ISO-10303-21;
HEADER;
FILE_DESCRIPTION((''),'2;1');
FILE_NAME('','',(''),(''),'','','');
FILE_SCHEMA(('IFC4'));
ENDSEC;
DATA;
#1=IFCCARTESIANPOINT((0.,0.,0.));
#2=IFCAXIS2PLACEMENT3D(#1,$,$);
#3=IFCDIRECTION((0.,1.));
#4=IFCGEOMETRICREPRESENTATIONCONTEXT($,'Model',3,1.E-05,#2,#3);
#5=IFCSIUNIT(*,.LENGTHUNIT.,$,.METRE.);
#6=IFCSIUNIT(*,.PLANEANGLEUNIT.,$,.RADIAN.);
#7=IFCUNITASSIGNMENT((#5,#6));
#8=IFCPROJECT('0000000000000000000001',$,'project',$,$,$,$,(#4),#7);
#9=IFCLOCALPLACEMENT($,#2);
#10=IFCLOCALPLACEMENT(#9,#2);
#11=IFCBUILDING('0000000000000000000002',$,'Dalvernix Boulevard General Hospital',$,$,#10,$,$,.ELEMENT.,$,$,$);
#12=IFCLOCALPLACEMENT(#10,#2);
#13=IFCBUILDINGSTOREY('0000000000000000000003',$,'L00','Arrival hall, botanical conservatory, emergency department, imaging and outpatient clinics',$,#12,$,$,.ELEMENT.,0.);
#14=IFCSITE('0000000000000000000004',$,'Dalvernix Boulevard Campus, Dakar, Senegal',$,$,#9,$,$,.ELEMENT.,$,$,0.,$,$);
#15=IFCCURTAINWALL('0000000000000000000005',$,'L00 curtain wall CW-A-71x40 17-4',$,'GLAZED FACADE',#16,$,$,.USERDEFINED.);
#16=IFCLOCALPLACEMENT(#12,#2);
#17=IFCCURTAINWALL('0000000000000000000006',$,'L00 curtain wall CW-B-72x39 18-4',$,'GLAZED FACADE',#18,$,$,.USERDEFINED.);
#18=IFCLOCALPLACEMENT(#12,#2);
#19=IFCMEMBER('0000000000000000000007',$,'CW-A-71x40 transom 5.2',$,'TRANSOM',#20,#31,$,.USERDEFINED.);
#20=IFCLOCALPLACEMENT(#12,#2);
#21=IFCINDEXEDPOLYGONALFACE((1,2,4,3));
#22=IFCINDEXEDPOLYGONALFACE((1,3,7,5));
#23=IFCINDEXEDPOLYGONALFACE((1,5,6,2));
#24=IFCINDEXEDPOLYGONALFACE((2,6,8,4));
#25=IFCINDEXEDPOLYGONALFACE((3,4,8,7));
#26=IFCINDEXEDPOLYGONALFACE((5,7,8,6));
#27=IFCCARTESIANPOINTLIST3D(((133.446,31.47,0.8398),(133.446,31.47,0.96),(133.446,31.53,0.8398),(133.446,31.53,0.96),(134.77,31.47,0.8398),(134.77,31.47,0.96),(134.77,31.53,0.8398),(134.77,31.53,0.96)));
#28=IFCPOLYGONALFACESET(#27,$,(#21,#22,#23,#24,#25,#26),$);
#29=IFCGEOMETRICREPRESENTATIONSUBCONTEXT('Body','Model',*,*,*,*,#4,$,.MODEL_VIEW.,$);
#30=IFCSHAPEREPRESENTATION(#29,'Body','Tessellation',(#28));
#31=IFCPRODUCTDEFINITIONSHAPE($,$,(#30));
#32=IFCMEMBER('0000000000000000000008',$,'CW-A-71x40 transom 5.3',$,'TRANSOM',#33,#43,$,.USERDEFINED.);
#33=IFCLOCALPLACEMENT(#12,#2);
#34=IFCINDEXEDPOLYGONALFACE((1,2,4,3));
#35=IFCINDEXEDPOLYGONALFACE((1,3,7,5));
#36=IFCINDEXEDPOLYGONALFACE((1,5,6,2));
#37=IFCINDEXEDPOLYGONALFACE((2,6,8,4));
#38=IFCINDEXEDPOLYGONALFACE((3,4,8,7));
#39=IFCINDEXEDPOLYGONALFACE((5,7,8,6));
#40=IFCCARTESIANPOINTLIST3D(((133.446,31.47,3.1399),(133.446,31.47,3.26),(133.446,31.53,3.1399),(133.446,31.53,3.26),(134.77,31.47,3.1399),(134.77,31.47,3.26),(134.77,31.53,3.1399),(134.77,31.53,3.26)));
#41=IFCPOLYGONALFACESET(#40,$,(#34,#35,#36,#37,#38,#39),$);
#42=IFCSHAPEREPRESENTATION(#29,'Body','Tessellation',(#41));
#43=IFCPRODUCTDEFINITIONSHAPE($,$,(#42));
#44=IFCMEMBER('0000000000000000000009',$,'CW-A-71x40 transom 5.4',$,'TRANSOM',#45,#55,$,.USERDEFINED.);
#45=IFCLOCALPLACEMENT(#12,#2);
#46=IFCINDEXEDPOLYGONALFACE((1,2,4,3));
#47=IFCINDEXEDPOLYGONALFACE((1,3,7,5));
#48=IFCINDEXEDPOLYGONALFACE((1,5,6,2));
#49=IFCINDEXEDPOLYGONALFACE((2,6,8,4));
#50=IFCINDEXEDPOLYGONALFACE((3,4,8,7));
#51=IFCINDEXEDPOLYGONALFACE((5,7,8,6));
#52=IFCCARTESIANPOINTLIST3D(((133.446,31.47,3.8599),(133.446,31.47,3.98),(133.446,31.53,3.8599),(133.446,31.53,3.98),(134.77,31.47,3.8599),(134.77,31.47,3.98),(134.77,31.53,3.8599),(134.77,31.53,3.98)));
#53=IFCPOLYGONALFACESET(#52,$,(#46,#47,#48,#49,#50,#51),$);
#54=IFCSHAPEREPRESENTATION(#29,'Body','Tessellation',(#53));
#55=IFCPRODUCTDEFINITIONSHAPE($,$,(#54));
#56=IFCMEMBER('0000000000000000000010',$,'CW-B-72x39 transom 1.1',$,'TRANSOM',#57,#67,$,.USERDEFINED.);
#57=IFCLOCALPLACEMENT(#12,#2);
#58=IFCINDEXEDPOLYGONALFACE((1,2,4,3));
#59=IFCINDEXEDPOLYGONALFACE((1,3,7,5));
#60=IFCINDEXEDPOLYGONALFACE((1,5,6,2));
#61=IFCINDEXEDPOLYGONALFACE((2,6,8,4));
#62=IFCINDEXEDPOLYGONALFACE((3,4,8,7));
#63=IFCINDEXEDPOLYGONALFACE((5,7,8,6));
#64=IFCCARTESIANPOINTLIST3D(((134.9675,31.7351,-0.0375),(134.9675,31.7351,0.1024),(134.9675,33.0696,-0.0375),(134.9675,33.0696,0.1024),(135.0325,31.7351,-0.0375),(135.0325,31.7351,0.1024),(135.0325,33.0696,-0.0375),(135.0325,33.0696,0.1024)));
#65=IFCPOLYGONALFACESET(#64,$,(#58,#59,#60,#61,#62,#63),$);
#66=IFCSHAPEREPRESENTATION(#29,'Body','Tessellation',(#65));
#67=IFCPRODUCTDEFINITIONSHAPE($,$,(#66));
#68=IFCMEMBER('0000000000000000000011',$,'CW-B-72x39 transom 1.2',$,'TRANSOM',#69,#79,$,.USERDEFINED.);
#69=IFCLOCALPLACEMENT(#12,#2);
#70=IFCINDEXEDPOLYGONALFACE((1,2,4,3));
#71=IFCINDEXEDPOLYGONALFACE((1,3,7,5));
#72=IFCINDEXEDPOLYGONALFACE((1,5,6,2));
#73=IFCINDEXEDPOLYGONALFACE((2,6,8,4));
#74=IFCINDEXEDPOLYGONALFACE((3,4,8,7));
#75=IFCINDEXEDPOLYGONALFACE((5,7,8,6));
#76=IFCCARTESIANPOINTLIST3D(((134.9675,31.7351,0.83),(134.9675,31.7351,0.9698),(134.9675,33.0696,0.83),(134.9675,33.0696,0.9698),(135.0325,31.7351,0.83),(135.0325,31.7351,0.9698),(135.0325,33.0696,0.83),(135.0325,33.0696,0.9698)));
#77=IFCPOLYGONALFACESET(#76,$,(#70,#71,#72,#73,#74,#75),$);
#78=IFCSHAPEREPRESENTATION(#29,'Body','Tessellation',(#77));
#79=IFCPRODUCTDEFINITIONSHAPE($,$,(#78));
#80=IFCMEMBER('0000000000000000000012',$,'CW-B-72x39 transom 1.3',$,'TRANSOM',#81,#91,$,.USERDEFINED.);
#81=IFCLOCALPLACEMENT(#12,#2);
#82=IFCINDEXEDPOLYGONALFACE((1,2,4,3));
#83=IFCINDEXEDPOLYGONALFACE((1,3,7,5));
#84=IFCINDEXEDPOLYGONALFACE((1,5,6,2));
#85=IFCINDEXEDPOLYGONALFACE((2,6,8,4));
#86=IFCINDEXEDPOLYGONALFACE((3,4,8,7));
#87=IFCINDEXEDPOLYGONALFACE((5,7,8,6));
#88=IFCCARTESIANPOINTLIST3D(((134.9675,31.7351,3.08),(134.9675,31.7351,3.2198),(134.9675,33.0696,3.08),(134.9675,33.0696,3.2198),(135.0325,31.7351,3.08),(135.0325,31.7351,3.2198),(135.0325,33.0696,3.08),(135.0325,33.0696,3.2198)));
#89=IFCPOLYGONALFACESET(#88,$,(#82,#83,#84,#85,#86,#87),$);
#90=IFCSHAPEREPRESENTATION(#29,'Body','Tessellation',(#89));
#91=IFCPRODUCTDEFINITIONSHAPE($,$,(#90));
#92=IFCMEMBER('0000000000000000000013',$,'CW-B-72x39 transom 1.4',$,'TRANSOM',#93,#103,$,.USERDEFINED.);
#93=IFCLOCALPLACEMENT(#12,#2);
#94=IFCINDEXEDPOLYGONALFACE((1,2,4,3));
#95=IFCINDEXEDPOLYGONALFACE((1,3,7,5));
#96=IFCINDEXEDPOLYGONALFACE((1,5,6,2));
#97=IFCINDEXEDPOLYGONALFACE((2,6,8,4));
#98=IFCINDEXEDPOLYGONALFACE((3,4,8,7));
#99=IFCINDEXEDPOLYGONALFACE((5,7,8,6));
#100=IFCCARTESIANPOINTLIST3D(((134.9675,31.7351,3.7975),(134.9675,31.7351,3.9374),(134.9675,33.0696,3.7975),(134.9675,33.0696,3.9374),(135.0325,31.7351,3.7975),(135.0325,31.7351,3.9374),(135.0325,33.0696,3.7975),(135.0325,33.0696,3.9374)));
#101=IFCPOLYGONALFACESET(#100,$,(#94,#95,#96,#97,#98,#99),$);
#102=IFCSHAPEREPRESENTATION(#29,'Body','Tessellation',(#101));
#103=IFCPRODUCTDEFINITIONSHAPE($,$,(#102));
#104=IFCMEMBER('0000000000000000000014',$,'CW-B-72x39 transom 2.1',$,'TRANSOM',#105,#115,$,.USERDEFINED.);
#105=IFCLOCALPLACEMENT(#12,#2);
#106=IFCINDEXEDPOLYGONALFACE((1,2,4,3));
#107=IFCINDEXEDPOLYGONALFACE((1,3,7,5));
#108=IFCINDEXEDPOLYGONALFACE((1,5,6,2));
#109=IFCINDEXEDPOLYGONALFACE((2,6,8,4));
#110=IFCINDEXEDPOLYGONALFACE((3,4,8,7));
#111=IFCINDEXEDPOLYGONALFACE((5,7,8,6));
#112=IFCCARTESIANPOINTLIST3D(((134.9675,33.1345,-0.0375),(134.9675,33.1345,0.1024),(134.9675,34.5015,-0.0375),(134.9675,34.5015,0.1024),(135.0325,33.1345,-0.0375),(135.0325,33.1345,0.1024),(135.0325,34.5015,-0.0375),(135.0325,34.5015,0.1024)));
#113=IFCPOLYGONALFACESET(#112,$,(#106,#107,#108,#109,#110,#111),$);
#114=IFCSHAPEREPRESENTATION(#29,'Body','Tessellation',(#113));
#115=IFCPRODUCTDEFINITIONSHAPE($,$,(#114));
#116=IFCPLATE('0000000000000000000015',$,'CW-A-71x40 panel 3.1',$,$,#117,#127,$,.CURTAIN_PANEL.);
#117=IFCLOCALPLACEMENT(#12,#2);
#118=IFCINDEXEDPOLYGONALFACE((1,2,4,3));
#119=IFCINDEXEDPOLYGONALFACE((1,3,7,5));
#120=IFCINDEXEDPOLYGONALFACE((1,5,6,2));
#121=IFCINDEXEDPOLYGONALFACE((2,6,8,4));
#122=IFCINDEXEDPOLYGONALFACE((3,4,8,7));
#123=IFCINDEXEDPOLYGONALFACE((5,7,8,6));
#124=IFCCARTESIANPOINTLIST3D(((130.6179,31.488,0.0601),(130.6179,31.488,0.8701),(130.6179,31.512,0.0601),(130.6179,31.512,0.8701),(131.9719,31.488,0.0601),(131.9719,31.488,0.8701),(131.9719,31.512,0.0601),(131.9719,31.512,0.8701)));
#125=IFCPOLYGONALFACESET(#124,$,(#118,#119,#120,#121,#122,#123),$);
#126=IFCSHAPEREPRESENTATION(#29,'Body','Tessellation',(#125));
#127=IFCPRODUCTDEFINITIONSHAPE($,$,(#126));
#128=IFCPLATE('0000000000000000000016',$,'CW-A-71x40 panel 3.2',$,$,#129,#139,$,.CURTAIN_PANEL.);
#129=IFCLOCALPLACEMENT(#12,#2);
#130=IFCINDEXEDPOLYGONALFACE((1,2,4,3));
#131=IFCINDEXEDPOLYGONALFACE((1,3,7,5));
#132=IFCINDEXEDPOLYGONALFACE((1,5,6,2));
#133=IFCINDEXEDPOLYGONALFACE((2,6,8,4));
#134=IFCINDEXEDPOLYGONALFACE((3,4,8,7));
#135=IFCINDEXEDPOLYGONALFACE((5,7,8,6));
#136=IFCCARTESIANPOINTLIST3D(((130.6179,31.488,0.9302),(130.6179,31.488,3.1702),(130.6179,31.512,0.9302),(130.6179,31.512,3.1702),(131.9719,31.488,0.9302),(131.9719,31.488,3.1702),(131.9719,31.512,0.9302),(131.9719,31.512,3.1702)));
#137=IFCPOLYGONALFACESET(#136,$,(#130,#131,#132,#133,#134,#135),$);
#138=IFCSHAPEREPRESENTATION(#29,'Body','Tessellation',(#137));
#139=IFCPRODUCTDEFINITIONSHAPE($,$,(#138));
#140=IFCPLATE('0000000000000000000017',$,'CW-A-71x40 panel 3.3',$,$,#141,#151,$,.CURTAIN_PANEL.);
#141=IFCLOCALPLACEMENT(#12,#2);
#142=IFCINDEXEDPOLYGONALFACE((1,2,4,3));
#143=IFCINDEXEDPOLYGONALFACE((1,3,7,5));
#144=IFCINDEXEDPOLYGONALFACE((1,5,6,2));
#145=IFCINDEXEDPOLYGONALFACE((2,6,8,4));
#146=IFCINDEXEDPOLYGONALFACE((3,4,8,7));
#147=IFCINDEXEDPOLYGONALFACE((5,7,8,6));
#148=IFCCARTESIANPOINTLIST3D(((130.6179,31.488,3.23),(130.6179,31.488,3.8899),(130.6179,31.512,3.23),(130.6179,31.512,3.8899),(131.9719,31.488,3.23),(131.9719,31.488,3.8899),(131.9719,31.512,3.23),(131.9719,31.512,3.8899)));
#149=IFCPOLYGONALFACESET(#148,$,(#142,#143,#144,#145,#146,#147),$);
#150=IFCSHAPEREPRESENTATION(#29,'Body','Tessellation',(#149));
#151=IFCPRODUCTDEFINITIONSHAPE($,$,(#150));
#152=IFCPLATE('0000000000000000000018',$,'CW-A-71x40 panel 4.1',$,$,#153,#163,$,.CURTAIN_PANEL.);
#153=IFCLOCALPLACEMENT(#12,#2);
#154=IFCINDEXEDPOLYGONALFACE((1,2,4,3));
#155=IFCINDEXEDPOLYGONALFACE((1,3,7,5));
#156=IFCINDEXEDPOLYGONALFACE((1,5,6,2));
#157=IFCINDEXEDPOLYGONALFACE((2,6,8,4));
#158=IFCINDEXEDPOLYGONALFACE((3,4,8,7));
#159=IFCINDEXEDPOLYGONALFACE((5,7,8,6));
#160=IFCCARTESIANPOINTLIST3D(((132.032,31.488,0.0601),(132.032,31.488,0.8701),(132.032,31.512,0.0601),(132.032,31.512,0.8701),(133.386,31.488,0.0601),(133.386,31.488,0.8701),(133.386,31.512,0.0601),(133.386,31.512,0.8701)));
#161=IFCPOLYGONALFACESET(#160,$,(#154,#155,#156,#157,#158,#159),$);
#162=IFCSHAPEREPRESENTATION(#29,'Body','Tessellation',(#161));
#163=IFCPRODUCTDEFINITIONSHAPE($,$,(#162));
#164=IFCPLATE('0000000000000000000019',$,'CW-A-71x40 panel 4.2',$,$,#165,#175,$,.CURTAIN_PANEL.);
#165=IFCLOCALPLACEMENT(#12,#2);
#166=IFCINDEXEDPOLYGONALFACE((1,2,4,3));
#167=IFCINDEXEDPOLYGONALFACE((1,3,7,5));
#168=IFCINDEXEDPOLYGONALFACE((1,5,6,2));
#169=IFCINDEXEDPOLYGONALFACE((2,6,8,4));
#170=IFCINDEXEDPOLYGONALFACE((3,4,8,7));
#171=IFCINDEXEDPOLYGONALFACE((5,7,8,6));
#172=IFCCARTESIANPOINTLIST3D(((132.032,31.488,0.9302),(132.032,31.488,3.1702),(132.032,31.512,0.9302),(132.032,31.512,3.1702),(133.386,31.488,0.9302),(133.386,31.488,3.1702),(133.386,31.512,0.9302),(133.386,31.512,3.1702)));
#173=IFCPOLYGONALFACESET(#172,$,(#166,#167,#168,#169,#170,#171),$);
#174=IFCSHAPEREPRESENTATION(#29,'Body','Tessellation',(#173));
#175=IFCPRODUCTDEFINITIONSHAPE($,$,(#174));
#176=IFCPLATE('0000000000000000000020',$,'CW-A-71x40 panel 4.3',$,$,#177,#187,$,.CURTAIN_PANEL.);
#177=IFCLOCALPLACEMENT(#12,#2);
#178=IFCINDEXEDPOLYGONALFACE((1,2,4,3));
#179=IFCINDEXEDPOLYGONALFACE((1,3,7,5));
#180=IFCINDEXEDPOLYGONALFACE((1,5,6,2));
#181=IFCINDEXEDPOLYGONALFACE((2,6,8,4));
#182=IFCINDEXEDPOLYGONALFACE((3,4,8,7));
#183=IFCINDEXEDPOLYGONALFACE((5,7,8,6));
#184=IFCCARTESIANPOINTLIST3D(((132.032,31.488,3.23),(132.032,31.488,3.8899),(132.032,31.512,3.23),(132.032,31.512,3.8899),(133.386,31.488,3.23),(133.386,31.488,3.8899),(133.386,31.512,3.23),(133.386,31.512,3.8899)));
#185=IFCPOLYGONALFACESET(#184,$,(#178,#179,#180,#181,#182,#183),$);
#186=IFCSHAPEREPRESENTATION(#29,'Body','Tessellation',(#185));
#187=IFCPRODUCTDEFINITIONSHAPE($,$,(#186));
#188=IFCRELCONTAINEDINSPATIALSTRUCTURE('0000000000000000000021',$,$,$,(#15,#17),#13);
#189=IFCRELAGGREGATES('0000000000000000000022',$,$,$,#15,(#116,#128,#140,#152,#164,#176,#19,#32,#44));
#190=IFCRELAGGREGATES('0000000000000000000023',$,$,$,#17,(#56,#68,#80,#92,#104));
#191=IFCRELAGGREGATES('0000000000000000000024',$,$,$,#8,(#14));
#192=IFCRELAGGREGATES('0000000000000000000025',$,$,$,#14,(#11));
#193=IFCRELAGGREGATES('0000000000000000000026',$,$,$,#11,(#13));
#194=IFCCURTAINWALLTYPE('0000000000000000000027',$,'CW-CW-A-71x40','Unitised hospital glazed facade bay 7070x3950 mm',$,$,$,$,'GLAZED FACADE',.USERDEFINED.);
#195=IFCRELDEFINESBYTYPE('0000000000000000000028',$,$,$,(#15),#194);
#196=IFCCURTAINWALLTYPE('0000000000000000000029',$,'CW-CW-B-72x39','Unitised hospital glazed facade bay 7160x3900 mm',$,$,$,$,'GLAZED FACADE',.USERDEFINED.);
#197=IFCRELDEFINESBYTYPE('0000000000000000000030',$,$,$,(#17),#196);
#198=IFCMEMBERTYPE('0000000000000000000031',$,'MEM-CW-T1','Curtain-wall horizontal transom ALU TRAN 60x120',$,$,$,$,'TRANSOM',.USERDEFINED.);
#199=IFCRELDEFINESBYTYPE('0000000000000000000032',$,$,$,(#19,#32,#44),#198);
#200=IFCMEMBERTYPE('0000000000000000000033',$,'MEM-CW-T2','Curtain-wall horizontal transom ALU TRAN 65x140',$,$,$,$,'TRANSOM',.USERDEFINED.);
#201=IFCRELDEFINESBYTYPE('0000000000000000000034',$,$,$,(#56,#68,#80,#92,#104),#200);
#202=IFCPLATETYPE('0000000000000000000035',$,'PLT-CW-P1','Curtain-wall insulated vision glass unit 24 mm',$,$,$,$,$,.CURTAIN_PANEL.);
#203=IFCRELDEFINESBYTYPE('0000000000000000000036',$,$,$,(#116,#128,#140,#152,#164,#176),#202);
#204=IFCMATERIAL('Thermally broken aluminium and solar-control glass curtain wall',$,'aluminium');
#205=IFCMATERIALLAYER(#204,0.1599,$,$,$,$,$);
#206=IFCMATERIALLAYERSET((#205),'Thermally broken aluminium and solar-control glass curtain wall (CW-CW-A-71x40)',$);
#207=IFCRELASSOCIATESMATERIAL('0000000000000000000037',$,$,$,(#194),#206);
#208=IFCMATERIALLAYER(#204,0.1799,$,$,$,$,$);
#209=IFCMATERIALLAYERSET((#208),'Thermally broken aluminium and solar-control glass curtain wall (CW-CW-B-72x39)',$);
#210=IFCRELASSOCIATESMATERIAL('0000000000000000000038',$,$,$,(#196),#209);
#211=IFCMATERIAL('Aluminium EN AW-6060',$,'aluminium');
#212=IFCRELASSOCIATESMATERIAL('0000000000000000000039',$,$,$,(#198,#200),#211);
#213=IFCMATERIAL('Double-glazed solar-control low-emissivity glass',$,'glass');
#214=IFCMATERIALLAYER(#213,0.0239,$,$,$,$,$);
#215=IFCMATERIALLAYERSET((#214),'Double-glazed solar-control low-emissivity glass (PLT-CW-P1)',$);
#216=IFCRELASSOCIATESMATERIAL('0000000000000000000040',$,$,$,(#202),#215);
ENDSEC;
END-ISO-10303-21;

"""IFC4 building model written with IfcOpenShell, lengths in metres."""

from ifc_helpers import new_model, si_unit, direction, frame, origin, origin_2d, place, context, subcontext, project, spatial, rectangle, extrude, material, layer, layer_set, material_profile, profile_set, type_object, element, aggregate, save


model = new_model("IFC4")

# Units and contexts
model_context = context("Model", 3, precision=1e-05, world=origin(), true_north=direction((0.0, 1.0)))
body_context = subcontext(model_context, "Body", "Model", "MODEL_VIEW")
ifc_project = project(units=[si_unit("LENGTHUNIT", "METRE"), si_unit("PLANEANGLEUNIT", "RADIAN")], contexts=[model_context])

# Site, building, storey
site_placement = place(None, origin())
site = spatial("IfcSite", under=ifc_project, at=site_placement, Name="Dalvernix Boulevard Campus, Dakar, Senegal", CompositionType="ELEMENT", RefElevation=0.0)
building_placement = place(site_placement, origin())
building = spatial("IfcBuilding", under=site, at=building_placement, Name="Dalvernix Boulevard General Hospital", CompositionType="ELEMENT")
storey_placement = place(building_placement, origin())
storey = spatial("IfcBuildingStorey", under=building, at=storey_placement, Name="L00", Description="Arrival hall, botanical conservatory, emergency department, imaging and outpatient clinics", CompositionType="ELEMENT", Elevation=0.0)

# Curtain walls
ifc_material_1 = material(Name="Thermally broken aluminium and solar-control glass curtain wall", Category="aluminium")
ifc_layer_1 = layer(ifc_material_1, 0.1599)
ifc_layer_set_1 = layer_set([ifc_layer_1], Name="Thermally broken aluminium and solar-control glass curtain wall (CW-CW-A-71x40)")
curtain_wall_type_1 = type_object("IfcCurtainWallType", Name="CW-CW-A-71x40", Description="Unitised hospital glazed facade bay 7070x3950 mm", ElementType="GLAZED FACADE", PredefinedType="USERDEFINED", material=ifc_layer_set_1)
curtain_wall_1_placement = place(storey_placement, origin())
curtain_wall_1 = element("IfcCurtainWall", 1, at=curtain_wall_1_placement, inside=storey, type_object=curtain_wall_type_1, Name="L00 curtain wall CW-A-71x40 17-4", ObjectType="GLAZED FACADE", PredefinedType="USERDEFINED")
ifc_material_2 = material(Name="Aluminium EN AW-6060", Category="aluminium")
ifc_layer_2 = layer(ifc_material_1, 0.1799)
ifc_layer_set_2 = layer_set([ifc_layer_2], Name="Thermally broken aluminium and solar-control glass curtain wall (CW-CW-B-72x39)")
curtain_wall_type_2 = type_object("IfcCurtainWallType", Name="CW-CW-B-72x39", Description="Unitised hospital glazed facade bay 7160x3900 mm", ElementType="GLAZED FACADE", PredefinedType="USERDEFINED", material=ifc_layer_set_2)
curtain_wall_2_placement = place(storey_placement, origin())
curtain_wall_2 = element("IfcCurtainWall", 2, at=curtain_wall_2_placement, inside=storey, type_object=curtain_wall_type_2, Name="L00 curtain wall CW-B-72x39 18-4", ObjectType="GLAZED FACADE", PredefinedType="USERDEFINED")

# Members
ifc_material_profile_1 = material_profile(ifc_material_2, rectangle(XDim=0.0601, YDim=0.1201, at=origin_2d()), Name="ALU TRAN 60x120")
ifc_profile_set_1 = profile_set([ifc_material_profile_1], Name="Aluminium EN AW-6060")
member_type_1 = type_object("IfcMemberType", Name="MEM-CW-T1", Description="Curtain-wall horizontal transom ALU TRAN 60x120", ElementType="TRANSOM", PredefinedType="USERDEFINED", material=ifc_profile_set_1)
member_1_placement = place(storey_placement, frame((133.446, 31.5, 0.8999), z_axis=(1.0, 0.0, 0.0), x_axis=(0.0, 1.0, 0.0)))
member_1 = element("IfcMember", 3, at=member_1_placement, type_object=member_type_1, Name="CW-A-71x40 transom 5.2", ObjectType="TRANSOM", PredefinedType="USERDEFINED", context=body_context, shape_type="SweptSolid", body=[
    extrude(rectangle(XDim=0.0601, YDim=0.1201, at=origin_2d()), origin(), (0.0, 0.0, 1.0), 1.324),
])
member_2_placement = place(storey_placement, frame((133.446, 31.5, 3.2), z_axis=(1.0, 0.0, 0.0), x_axis=(0.0, 1.0, 0.0)))
member_2 = element("IfcMember", 4, at=member_2_placement, type_object=member_type_1, Name="CW-A-71x40 transom 5.3", ObjectType="TRANSOM", PredefinedType="USERDEFINED", context=body_context, shape_type="SweptSolid", body=[
    extrude(rectangle(XDim=0.0601, YDim=0.1201, at=origin_2d()), origin(), (0.0, 0.0, 1.0), 1.324),
])
member_3_placement = place(storey_placement, frame((133.446, 31.5, 3.9199), z_axis=(1.0, 0.0, 0.0), x_axis=(0.0, 1.0, 0.0)))
member_3 = element("IfcMember", 5, at=member_3_placement, type_object=member_type_1, Name="CW-A-71x40 transom 5.4", ObjectType="TRANSOM", PredefinedType="USERDEFINED", context=body_context, shape_type="SweptSolid", body=[
    extrude(rectangle(XDim=0.0601, YDim=0.1201, at=origin_2d()), origin(), (0.0, 0.0, 1.0), 1.324),
])
ifc_material_profile_2 = material_profile(ifc_material_2, rectangle(XDim=0.0649, YDim=0.1399, at=origin_2d()), Name="ALU TRAN 65x140")
ifc_profile_set_2 = profile_set([ifc_material_profile_2], Name="Aluminium EN AW-6060")
member_type_2 = type_object("IfcMemberType", Name="MEM-CW-T2", Description="Curtain-wall horizontal transom ALU TRAN 65x140", ElementType="TRANSOM", PredefinedType="USERDEFINED", material=ifc_profile_set_2)
member_4_placement = place(storey_placement, frame((135.0, 31.7351, 0.0325), z_axis=(0.0, 1.0, 0.0), x_axis=(-1.0, 0.0, 0.0)))
member_4 = element("IfcMember", 6, at=member_4_placement, type_object=member_type_2, Name="CW-B-72x39 transom 1.1", ObjectType="TRANSOM", PredefinedType="USERDEFINED", context=body_context, shape_type="SweptSolid", body=[
    extrude(rectangle(XDim=0.0649, YDim=0.1399, at=origin_2d()), origin(), (0.0, 0.0, 1.0), 1.3345),
])
member_5_placement = place(storey_placement, frame((135.0, 31.7351, 0.8999), z_axis=(0.0, 1.0, 0.0), x_axis=(-1.0, 0.0, 0.0)))
member_5 = element("IfcMember", 7, at=member_5_placement, type_object=member_type_2, Name="CW-B-72x39 transom 1.2", ObjectType="TRANSOM", PredefinedType="USERDEFINED", context=body_context, shape_type="SweptSolid", body=[
    extrude(rectangle(XDim=0.0649, YDim=0.1399, at=origin_2d()), origin(), (0.0, 0.0, 1.0), 1.3345),
])
member_6_placement = place(storey_placement, frame((135.0, 31.7351, 3.1499), z_axis=(0.0, 1.0, 0.0), x_axis=(-1.0, 0.0, 0.0)))
member_6 = element("IfcMember", 8, at=member_6_placement, type_object=member_type_2, Name="CW-B-72x39 transom 1.3", ObjectType="TRANSOM", PredefinedType="USERDEFINED", context=body_context, shape_type="SweptSolid", body=[
    extrude(rectangle(XDim=0.0649, YDim=0.1399, at=origin_2d()), origin(), (0.0, 0.0, 1.0), 1.3345),
])
member_7_placement = place(storey_placement, frame((135.0, 31.7351, 3.8674), z_axis=(0.0, 1.0, 0.0), x_axis=(-1.0, 0.0, 0.0)))
member_7 = element("IfcMember", 9, at=member_7_placement, type_object=member_type_2, Name="CW-B-72x39 transom 1.4", ObjectType="TRANSOM", PredefinedType="USERDEFINED", context=body_context, shape_type="SweptSolid", body=[
    extrude(rectangle(XDim=0.0649, YDim=0.1399, at=origin_2d()), origin(), (0.0, 0.0, 1.0), 1.3345),
])
member_8_placement = place(storey_placement, frame((135.0, 33.1345, 0.0325), z_axis=(0.0, 1.0, 0.0), x_axis=(-1.0, 0.0, 0.0)))
member_8 = element("IfcMember", 10, at=member_8_placement, type_object=member_type_2, Name="CW-B-72x39 transom 2.1", ObjectType="TRANSOM", PredefinedType="USERDEFINED", context=body_context, shape_type="SweptSolid", body=[
    extrude(rectangle(XDim=0.0649, YDim=0.1399, at=origin_2d()), origin(), (0.0, 0.0, 1.0), 1.3669),
])

# Plates
ifc_material_3 = material(Name="Double-glazed solar-control low-emissivity glass", Category="glass")
ifc_layer_3 = layer(ifc_material_3, 0.0239)
ifc_layer_set_3 = layer_set([ifc_layer_3], Name="Double-glazed solar-control low-emissivity glass (PLT-CW-P1)")
plate_type_1 = type_object("IfcPlateType", Name="PLT-CW-P1", Description="Curtain-wall insulated vision glass unit 24 mm", PredefinedType="CURTAIN_PANEL", material=ifc_layer_set_3)
plate_1_placement = place(storey_placement, frame((131.2949, 31.5, 0.0601), z_axis=(0.0, 0.0, 1.0), x_axis=(1.0, 0.0, 0.0)))
plate_1 = element("IfcPlate", 11, at=plate_1_placement, type_object=plate_type_1, Name="CW-A-71x40 panel 3.1", PredefinedType="CURTAIN_PANEL", context=body_context, shape_type="SweptSolid", body=[
    extrude(rectangle(XDim=1.354, YDim=0.0239, at=origin_2d()), origin(), (0.0, 0.0, 1.0), 0.8101),
])
plate_2_placement = place(storey_placement, frame((131.2949, 31.5, 0.9302), z_axis=(0.0, 0.0, 1.0), x_axis=(1.0, 0.0, 0.0)))
plate_2 = element("IfcPlate", 12, at=plate_2_placement, type_object=plate_type_1, Name="CW-A-71x40 panel 3.2", PredefinedType="CURTAIN_PANEL", context=body_context, shape_type="SweptSolid", body=[
    extrude(rectangle(XDim=1.354, YDim=0.0239, at=origin_2d()), origin(), (0.0, 0.0, 1.0), 2.24),
])
plate_3_placement = place(storey_placement, frame((131.2949, 31.5, 3.23), z_axis=(0.0, 0.0, 1.0), x_axis=(1.0, 0.0, 0.0)))
plate_3 = element("IfcPlate", 13, at=plate_3_placement, type_object=plate_type_1, Name="CW-A-71x40 panel 3.3", PredefinedType="CURTAIN_PANEL", context=body_context, shape_type="SweptSolid", body=[
    extrude(rectangle(XDim=1.354, YDim=0.0239, at=origin_2d()), origin(), (0.0, 0.0, 1.0), 0.6599),
])
plate_4_placement = place(storey_placement, frame((132.709, 31.5, 0.0601), z_axis=(0.0, 0.0, 1.0), x_axis=(1.0, 0.0, 0.0)))
plate_4 = element("IfcPlate", 14, at=plate_4_placement, type_object=plate_type_1, Name="CW-A-71x40 panel 4.1", PredefinedType="CURTAIN_PANEL", context=body_context, shape_type="SweptSolid", body=[
    extrude(rectangle(XDim=1.354, YDim=0.0239, at=origin_2d()), origin(), (0.0, 0.0, 1.0), 0.8101),
])
plate_5_placement = place(storey_placement, frame((132.709, 31.5, 0.9302), z_axis=(0.0, 0.0, 1.0), x_axis=(1.0, 0.0, 0.0)))
plate_5 = element("IfcPlate", 15, at=plate_5_placement, type_object=plate_type_1, Name="CW-A-71x40 panel 4.2", PredefinedType="CURTAIN_PANEL", context=body_context, shape_type="SweptSolid", body=[
    extrude(rectangle(XDim=1.354, YDim=0.0239, at=origin_2d()), origin(), (0.0, 0.0, 1.0), 2.24),
])
plate_6_placement = place(storey_placement, frame((132.709, 31.5, 3.23), z_axis=(0.0, 0.0, 1.0), x_axis=(1.0, 0.0, 0.0)))
plate_6 = element("IfcPlate", 16, at=plate_6_placement, type_object=plate_type_1, Name="CW-A-71x40 panel 4.3", PredefinedType="CURTAIN_PANEL", context=body_context, shape_type="SweptSolid", body=[
    extrude(rectangle(XDim=1.354, YDim=0.0239, at=origin_2d()), origin(), (0.0, 0.0, 1.0), 0.6599),
])
aggregate(curtain_wall_1, [plate_1, plate_2, plate_3, plate_4, plate_5, plate_6, member_1, member_2, member_3])
aggregate(curtain_wall_2, [member_4, member_5, member_6, member_7, member_8])

save(model, "model.ifc")
